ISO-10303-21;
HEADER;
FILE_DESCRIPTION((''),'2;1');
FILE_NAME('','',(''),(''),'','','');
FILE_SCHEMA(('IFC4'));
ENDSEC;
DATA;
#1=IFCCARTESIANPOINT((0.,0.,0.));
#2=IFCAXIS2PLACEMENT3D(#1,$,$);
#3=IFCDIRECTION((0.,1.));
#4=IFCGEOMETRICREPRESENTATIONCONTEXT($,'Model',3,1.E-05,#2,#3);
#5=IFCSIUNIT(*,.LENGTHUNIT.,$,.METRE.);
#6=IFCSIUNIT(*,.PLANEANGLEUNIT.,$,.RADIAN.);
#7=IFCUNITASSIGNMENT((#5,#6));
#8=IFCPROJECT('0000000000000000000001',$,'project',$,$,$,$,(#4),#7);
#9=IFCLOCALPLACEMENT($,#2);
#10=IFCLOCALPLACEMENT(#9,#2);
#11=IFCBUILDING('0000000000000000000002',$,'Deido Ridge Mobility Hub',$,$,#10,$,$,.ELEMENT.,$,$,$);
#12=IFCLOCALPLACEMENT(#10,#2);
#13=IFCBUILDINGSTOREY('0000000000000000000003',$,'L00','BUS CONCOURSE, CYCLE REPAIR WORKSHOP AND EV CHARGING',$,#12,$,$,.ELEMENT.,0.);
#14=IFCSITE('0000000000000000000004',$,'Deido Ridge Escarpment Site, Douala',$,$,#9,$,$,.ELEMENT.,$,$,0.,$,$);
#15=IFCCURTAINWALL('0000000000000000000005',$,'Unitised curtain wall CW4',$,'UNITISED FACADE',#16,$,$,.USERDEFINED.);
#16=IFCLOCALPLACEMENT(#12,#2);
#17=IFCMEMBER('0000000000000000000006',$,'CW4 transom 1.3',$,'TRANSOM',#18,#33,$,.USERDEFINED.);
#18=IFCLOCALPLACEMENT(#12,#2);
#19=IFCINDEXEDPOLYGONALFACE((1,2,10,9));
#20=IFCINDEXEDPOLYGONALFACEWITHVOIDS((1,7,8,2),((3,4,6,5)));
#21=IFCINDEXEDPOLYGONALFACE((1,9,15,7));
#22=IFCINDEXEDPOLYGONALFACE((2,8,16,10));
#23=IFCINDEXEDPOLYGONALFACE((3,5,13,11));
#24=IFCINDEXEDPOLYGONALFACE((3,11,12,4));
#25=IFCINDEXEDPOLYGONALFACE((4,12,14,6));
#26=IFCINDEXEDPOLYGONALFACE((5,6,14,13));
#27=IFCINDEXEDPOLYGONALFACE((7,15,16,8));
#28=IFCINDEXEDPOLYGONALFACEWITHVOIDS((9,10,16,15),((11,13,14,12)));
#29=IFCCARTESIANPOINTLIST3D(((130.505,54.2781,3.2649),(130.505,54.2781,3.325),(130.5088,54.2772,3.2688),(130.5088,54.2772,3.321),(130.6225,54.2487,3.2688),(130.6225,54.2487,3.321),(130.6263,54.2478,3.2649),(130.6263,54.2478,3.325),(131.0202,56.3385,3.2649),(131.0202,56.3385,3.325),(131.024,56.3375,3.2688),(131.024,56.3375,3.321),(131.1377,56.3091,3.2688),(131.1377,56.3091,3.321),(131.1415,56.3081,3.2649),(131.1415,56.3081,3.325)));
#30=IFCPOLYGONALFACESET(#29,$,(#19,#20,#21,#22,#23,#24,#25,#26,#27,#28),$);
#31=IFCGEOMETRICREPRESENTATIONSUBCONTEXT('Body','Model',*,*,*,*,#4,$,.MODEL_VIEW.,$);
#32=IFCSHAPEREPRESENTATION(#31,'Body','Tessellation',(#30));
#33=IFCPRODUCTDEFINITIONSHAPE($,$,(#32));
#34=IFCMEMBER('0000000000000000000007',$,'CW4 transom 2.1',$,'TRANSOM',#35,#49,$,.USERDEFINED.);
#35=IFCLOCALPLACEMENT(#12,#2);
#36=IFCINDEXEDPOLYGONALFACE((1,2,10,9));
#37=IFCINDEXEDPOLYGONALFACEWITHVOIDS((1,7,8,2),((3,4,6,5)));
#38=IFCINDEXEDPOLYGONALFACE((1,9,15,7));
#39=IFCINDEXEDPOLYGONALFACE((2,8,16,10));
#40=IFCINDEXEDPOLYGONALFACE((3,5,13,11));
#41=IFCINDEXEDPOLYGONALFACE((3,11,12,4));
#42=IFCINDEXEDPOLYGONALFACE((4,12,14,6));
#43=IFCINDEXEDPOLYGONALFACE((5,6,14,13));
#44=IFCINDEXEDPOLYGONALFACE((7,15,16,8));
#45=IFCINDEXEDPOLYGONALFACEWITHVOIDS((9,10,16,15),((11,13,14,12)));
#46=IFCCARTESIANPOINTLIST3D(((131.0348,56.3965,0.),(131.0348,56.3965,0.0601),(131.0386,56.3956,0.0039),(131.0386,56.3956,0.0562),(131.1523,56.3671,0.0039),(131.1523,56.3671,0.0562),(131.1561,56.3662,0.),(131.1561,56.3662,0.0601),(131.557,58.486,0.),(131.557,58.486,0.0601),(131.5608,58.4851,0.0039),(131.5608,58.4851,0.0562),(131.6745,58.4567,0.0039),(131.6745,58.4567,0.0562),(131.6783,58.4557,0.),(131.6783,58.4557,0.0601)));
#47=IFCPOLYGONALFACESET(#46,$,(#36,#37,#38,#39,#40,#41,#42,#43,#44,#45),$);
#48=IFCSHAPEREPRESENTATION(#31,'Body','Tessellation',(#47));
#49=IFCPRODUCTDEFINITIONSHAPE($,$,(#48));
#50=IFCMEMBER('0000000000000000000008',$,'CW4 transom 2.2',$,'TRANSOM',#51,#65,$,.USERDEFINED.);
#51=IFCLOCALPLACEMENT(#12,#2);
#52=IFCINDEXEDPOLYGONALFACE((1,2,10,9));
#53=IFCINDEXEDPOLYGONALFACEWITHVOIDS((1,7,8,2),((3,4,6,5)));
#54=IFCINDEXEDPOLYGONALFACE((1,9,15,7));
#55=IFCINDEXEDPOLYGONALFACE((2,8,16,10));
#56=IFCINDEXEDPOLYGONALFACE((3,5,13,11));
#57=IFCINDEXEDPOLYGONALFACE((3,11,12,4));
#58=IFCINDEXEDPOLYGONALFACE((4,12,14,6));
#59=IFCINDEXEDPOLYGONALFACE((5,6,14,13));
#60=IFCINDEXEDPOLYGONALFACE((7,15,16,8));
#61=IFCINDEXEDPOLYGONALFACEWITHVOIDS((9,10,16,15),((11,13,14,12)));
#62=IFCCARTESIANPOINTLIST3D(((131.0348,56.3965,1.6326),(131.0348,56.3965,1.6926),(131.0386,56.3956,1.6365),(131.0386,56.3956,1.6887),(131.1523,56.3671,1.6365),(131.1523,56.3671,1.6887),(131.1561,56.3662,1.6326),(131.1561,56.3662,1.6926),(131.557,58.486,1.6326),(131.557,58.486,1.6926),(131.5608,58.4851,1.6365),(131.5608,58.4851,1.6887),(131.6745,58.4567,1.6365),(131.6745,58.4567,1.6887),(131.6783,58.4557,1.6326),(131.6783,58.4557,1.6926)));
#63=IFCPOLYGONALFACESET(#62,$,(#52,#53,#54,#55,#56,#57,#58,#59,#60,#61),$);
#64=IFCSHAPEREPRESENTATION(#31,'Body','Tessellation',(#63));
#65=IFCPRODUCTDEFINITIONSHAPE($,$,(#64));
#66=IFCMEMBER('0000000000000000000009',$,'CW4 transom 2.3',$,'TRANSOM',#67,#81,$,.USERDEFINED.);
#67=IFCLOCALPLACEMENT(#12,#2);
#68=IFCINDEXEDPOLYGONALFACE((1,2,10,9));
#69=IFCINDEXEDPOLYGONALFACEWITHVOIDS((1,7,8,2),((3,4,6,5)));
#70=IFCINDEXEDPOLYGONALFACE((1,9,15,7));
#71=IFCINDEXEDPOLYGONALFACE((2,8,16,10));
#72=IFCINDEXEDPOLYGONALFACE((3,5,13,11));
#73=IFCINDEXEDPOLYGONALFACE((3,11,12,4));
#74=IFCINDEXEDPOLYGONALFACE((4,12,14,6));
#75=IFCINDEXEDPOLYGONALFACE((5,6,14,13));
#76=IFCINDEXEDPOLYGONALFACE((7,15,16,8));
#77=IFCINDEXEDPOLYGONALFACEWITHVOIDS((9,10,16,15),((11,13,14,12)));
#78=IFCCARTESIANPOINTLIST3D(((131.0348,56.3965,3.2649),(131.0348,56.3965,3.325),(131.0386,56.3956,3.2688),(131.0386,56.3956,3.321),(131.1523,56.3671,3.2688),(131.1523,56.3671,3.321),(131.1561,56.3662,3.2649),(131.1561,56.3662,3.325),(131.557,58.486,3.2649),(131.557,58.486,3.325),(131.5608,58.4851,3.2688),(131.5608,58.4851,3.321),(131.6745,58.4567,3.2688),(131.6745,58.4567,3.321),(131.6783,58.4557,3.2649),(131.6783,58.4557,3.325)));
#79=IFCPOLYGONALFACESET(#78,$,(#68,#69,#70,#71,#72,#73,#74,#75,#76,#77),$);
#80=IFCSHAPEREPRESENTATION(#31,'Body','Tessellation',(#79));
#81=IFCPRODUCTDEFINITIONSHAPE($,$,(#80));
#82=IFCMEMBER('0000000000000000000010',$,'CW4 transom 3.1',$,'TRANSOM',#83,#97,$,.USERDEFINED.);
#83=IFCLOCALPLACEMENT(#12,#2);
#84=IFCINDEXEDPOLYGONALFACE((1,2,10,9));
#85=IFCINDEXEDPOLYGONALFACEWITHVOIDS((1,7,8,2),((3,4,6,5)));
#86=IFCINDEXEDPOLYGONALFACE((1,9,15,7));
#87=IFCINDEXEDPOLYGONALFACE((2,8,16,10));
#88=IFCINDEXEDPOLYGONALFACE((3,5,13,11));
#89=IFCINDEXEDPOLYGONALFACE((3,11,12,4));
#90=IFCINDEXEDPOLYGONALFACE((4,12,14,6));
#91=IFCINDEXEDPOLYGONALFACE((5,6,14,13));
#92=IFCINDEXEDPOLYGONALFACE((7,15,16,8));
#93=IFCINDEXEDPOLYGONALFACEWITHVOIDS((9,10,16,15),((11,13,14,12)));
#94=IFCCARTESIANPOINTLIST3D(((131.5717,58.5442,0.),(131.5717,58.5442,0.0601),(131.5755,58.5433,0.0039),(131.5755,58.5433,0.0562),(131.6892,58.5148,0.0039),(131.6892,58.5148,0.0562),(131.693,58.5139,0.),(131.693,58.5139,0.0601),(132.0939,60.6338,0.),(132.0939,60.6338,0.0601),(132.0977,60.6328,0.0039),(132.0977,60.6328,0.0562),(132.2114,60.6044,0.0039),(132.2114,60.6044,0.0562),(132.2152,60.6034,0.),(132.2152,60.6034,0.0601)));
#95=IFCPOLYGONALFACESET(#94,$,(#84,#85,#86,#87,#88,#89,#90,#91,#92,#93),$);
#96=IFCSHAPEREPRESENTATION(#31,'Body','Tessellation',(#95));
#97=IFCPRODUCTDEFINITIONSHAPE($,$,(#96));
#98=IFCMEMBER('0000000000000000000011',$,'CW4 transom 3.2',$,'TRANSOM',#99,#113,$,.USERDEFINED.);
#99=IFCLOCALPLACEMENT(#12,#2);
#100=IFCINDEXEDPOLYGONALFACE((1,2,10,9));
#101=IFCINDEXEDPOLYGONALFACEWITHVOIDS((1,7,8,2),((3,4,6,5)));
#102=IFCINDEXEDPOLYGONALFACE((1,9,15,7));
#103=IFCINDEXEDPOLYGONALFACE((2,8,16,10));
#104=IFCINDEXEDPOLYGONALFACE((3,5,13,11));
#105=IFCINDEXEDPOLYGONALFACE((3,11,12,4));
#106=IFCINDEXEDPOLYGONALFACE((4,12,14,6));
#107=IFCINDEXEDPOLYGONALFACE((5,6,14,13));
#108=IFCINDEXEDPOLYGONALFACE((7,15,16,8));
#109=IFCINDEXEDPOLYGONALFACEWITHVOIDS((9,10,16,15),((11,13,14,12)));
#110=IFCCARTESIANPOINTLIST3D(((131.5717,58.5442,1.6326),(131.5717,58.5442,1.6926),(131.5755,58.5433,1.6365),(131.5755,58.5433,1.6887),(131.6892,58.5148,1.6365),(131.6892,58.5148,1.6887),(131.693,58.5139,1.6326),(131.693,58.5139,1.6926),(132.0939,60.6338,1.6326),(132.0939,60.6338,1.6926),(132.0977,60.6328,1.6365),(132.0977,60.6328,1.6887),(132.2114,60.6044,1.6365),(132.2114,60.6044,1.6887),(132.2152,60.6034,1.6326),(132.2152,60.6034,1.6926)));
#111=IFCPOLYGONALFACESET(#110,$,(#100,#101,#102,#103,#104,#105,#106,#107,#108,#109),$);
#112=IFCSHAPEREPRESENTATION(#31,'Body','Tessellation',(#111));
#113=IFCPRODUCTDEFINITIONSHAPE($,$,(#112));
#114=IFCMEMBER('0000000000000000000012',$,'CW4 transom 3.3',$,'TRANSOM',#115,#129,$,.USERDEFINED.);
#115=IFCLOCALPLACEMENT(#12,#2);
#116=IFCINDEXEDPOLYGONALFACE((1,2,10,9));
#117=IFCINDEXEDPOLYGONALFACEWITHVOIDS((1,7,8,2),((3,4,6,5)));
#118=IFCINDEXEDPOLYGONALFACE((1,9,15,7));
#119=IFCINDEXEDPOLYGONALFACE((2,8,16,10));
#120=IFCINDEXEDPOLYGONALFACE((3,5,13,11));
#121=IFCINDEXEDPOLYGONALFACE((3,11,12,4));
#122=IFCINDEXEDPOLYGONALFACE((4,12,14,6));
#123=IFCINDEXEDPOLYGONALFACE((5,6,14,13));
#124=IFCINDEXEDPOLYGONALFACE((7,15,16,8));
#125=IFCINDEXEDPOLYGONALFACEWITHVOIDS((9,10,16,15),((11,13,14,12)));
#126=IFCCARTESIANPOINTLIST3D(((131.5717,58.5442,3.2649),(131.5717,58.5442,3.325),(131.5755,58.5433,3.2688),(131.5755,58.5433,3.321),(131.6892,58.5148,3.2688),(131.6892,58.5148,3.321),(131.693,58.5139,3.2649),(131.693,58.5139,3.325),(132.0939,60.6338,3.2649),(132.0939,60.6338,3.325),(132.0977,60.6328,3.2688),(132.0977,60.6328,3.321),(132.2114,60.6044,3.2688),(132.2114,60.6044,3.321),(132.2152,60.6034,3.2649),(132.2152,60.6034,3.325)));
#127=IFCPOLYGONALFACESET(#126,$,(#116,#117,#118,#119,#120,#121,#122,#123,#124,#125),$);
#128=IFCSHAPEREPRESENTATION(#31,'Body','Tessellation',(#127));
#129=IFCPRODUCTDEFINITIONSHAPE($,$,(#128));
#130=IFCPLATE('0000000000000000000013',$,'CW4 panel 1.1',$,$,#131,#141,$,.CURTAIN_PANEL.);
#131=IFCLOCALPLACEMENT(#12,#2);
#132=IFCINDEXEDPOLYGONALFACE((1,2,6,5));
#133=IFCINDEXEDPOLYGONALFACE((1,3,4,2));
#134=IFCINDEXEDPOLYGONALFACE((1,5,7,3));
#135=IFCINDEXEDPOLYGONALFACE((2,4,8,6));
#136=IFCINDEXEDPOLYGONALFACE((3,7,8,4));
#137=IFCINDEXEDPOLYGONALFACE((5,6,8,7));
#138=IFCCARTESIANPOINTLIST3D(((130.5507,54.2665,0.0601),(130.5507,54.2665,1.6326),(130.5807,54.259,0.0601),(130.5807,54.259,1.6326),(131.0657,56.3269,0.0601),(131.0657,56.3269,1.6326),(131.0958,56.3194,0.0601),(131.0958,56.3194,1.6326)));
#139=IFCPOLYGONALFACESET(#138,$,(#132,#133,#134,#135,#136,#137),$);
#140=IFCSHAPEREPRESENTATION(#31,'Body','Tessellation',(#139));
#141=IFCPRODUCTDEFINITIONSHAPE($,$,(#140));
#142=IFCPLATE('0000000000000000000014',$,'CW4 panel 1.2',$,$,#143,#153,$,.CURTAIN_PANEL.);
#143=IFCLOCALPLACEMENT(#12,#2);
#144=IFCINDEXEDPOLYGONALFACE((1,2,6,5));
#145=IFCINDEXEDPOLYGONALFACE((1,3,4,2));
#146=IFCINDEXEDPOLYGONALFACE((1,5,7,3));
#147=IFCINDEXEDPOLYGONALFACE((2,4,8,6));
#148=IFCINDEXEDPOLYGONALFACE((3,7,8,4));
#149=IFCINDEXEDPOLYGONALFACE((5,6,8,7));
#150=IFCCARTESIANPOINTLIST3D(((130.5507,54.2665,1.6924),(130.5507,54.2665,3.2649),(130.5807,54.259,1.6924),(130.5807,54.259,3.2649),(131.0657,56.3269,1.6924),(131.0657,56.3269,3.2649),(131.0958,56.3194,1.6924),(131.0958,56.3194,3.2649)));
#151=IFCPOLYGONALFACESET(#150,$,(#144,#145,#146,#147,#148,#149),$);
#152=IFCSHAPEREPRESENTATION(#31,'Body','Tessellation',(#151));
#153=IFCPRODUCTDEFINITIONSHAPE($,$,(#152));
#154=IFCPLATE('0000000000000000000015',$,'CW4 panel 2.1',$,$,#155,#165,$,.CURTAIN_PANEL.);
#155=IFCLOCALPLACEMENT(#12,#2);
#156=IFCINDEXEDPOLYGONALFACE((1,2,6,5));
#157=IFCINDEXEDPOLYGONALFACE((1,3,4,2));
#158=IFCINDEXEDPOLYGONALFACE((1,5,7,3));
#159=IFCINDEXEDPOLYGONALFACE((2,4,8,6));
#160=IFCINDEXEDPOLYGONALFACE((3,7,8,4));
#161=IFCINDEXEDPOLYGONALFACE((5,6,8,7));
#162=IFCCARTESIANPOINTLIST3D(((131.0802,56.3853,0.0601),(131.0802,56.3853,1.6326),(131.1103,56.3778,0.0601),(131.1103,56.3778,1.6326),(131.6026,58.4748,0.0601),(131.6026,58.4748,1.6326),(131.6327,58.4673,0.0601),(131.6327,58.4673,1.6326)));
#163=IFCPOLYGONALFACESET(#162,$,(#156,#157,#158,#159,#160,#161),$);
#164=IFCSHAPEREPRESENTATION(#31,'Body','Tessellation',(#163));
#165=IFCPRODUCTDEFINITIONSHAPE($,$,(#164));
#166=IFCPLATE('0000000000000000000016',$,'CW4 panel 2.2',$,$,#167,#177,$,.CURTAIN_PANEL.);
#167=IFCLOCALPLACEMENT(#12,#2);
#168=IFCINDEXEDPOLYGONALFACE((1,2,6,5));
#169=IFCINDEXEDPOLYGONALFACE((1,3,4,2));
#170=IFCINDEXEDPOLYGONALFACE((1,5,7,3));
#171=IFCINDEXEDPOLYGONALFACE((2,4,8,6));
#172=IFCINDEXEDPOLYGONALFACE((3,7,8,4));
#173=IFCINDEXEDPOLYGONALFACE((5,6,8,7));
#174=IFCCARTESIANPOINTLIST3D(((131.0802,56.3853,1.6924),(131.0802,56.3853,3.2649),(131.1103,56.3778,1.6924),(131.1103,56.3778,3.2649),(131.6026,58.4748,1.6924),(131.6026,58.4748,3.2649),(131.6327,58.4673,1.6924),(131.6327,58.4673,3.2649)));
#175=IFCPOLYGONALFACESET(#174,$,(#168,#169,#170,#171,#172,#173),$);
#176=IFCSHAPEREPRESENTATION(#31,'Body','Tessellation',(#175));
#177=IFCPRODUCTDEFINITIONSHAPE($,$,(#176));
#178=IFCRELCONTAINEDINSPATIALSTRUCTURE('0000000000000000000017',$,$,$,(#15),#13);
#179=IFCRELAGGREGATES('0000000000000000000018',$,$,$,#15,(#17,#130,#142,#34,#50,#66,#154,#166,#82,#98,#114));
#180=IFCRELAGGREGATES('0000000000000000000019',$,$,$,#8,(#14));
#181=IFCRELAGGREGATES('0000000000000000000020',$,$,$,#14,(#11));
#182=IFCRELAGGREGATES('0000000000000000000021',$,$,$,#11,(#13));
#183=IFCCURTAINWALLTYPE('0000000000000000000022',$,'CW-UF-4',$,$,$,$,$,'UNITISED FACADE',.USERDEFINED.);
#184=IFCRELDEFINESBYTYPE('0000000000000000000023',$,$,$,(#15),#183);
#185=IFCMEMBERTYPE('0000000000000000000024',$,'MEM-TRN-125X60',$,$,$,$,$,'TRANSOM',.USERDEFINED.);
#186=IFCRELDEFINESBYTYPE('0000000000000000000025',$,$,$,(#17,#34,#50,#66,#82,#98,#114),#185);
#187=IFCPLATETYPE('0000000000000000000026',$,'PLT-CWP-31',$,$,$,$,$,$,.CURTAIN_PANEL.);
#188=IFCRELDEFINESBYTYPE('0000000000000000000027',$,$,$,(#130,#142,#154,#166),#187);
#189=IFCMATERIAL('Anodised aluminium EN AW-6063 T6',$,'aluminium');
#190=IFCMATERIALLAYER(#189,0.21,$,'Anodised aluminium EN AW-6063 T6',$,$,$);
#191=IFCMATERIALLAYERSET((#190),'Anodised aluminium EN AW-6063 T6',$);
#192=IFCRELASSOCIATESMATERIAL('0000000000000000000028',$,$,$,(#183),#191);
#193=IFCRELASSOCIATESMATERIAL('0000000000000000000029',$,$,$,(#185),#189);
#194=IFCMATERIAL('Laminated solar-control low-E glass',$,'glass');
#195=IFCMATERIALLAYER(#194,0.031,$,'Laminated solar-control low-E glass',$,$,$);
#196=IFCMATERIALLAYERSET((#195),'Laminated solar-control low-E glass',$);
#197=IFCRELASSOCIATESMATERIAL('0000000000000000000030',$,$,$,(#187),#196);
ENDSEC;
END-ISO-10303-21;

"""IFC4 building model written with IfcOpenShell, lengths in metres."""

from ifc_helpers import new_model, si_unit, direction, frame, origin, origin_2d, place, context, subcontext, project, spatial, rectangle, hollow_rectangle, extrude, material, layer, layer_set, material_profile, profile_set, type_object, element, aggregate, save


model = new_model("IFC4")

# Units and contexts
model_context = context("Model", 3, precision=1e-05, world=origin(), true_north=direction((0.0, 1.0)))
body_context = subcontext(model_context, "Body", "Model", "MODEL_VIEW")
ifc_project = project(units=[si_unit("LENGTHUNIT", "METRE"), si_unit("PLANEANGLEUNIT", "RADIAN")], contexts=[model_context])

# Site, building, storey
site_placement = place(None, origin())
site = spatial("IfcSite", under=ifc_project, at=site_placement, Name="Deido Ridge Escarpment Site, Douala", CompositionType="ELEMENT", RefElevation=0.0)
building_placement = place(site_placement, origin())
building = spatial("IfcBuilding", under=site, at=building_placement, Name="Deido Ridge Mobility Hub", CompositionType="ELEMENT")
storey_placement = place(building_placement, origin())
storey = spatial("IfcBuildingStorey", under=building, at=storey_placement, Name="L00", Description="BUS CONCOURSE, CYCLE REPAIR WORKSHOP AND EV CHARGING", CompositionType="ELEMENT", Elevation=0.0)

# Curtain wall, members, plates
ifc_material_1 = material(Name="Anodised aluminium EN AW-6063 T6", Category="aluminium")
ifc_layer_1 = layer(ifc_material_1, 0.21, Name="Anodised aluminium EN AW-6063 T6")
ifc_layer_set_1 = layer_set([ifc_layer_1], Name="Anodised aluminium EN AW-6063 T6")
curtain_wall_type = type_object("IfcCurtainWallType", Name="CW-UF-4", ElementType="UNITISED FACADE", PredefinedType="USERDEFINED", material=ifc_layer_set_1)
curtain_wall_placement = place(storey_placement, origin())
curtain_wall = element("IfcCurtainWall", 1, at=curtain_wall_placement, inside=storey, type_object=curtain_wall_type, Name="Unitised curtain wall CW4", ObjectType="UNITISED FACADE", PredefinedType="USERDEFINED")
ifc_material_profile_1 = material_profile(ifc_material_1, hollow_rectangle(XDim=0.125, YDim=0.0601, WallThickness=0.0039, at=origin_2d()), Name="RHS 125x60x4")
ifc_profile_set_1 = profile_set([ifc_material_profile_1], Name="Anodised aluminium EN AW-6063 T6")
member_type_1 = type_object("IfcMemberType", Name="MEM-TRN-125X60", ElementType="TRANSOM", PredefinedType="USERDEFINED", material=ifc_profile_set_1)
member_1_placement = place(storey_placement, frame((130.5657, 54.2629, 3.2949), z_axis=(0.242563, 0.970136, 0.0), x_axis=(-0.970136, 0.242563, 0.0)))
member_1 = element("IfcMember", 2, at=member_1_placement, type_object=member_type_1, Name="CW4 transom 1.3", ObjectType="TRANSOM", PredefinedType="USERDEFINED", context=body_context, shape_type="SweptSolid", body=[
    extrude(hollow_rectangle(XDim=0.125, YDim=0.0601, WallThickness=0.0039, at=origin_2d()), origin(), (0.0, 0.0, 1.0), 2.1238),
])
member_2_placement = place(storey_placement, frame((131.0955, 56.3813, 0.03), z_axis=(0.242456, 0.970162, 0.0), x_axis=(-0.970162, 0.242456, 0.0)))
member_2 = element("IfcMember", 3, at=member_2_placement, type_object=member_type_1, Name="CW4 transom 2.1", ObjectType="TRANSOM", PredefinedType="USERDEFINED", context=body_context, shape_type="SweptSolid", body=[
    extrude(hollow_rectangle(XDim=0.125, YDim=0.0601, WallThickness=0.0039, at=origin_2d()), origin(), (0.0, 0.0, 1.0), 2.1538),
])
member_3_placement = place(storey_placement, frame((131.0955, 56.3813, 1.6626), z_axis=(0.242456, 0.970162, 0.0), x_axis=(-0.970162, 0.242456, 0.0)))
member_3 = element("IfcMember", 4, at=member_3_placement, type_object=member_type_1, Name="CW4 transom 2.2", ObjectType="TRANSOM", PredefinedType="USERDEFINED", context=body_context, shape_type="SweptSolid", body=[
    extrude(hollow_rectangle(XDim=0.125, YDim=0.0601, WallThickness=0.0039, at=origin_2d()), origin(), (0.0, 0.0, 1.0), 2.1538),
])
member_4_placement = place(storey_placement, frame((131.0955, 56.3813, 3.2949), z_axis=(0.242456, 0.970162, 0.0), x_axis=(-0.970162, 0.242456, 0.0)))
member_4 = element("IfcMember", 5, at=member_4_placement, type_object=member_type_1, Name="CW4 transom 2.3", ObjectType="TRANSOM", PredefinedType="USERDEFINED", context=body_context, shape_type="SweptSolid", body=[
    extrude(hollow_rectangle(XDim=0.125, YDim=0.0601, WallThickness=0.0039, at=origin_2d()), origin(), (0.0, 0.0, 1.0), 2.1538),
])
member_5_placement = place(storey_placement, frame((131.6323, 58.5291, 0.03), z_axis=(0.242456, 0.970162, 0.0), x_axis=(-0.970162, 0.242456, 0.0)))
member_5 = element("IfcMember", 6, at=member_5_placement, type_object=member_type_1, Name="CW4 transom 3.1", ObjectType="TRANSOM", PredefinedType="USERDEFINED", context=body_context, shape_type="SweptSolid", body=[
    extrude(hollow_rectangle(XDim=0.125, YDim=0.0601, WallThickness=0.0039, at=origin_2d()), origin(), (0.0, 0.0, 1.0), 2.1538),
])
member_6_placement = place(storey_placement, frame((131.6323, 58.5291, 1.6626), z_axis=(0.242456, 0.970162, 0.0), x_axis=(-0.970162, 0.242456, 0.0)))
member_6 = element("IfcMember", 7, at=member_6_placement, type_object=member_type_1, Name="CW4 transom 3.2", ObjectType="TRANSOM", PredefinedType="USERDEFINED", context=body_context, shape_type="SweptSolid", body=[
    extrude(hollow_rectangle(XDim=0.125, YDim=0.0601, WallThickness=0.0039, at=origin_2d()), origin(), (0.0, 0.0, 1.0), 2.1538),
])
member_7_placement = place(storey_placement, frame((131.6323, 58.5291, 3.2949), z_axis=(0.242456, 0.970162, 0.0), x_axis=(-0.970162, 0.242456, 0.0)))
member_7 = element("IfcMember", 8, at=member_7_placement, type_object=member_type_1, Name="CW4 transom 3.3", ObjectType="TRANSOM", PredefinedType="USERDEFINED", context=body_context, shape_type="SweptSolid", body=[
    extrude(hollow_rectangle(XDim=0.125, YDim=0.0601, WallThickness=0.0039, at=origin_2d()), origin(), (0.0, 0.0, 1.0), 2.1538),
])
ifc_material_2 = material(Name="Laminated solar-control low-E glass", Category="glass")
ifc_layer_2 = layer(ifc_material_2, 0.031, Name="Laminated solar-control low-E glass")
ifc_layer_set_2 = layer_set([ifc_layer_2], Name="Laminated solar-control low-E glass")
plate_type = type_object("IfcPlateType", Name="PLT-CWP-31", PredefinedType="CURTAIN_PANEL", material=ifc_layer_set_2)
plate_1_placement = place(storey_placement, frame((130.8232, 55.293, 0.0601), z_axis=(0.0, 0.0, 1.0), x_axis=(0.24253, 0.970144, 0.0)))
plate_1 = element("IfcPlate", 9, at=plate_1_placement, type_object=plate_type, Name="CW4 panel 1.1", PredefinedType="CURTAIN_PANEL", context=body_context, shape_type="SweptSolid", body=[
    extrude(rectangle(XDim=2.1238, YDim=0.031, at=origin_2d()), origin(), (0.0, 0.0, 1.0), 1.5725),
])
plate_2_placement = place(storey_placement, frame((130.8232, 55.293, 1.6924), z_axis=(0.0, 0.0, 1.0), x_axis=(0.24253, 0.970144, 0.0)))
plate_2 = element("IfcPlate", 10, at=plate_2_placement, type_object=plate_type, Name="CW4 panel 1.2", PredefinedType="CURTAIN_PANEL", context=body_context, shape_type="SweptSolid", body=[
    extrude(rectangle(XDim=2.1238, YDim=0.031, at=origin_2d()), origin(), (0.0, 0.0, 1.0), 1.5725),
])
plate_3_placement = place(storey_placement, frame((131.3564, 57.4263, 0.0601), z_axis=(0.0, 0.0, 1.0), x_axis=(0.24253, 0.970144, 0.0)))
plate_3 = element("IfcPlate", 11, at=plate_3_placement, type_object=plate_type, Name="CW4 panel 2.1", PredefinedType="CURTAIN_PANEL", context=body_context, shape_type="SweptSolid", body=[
    extrude(rectangle(XDim=2.1538, YDim=0.031, at=origin_2d()), origin(), (0.0, 0.0, 1.0), 1.5725),
])
plate_4_placement = place(storey_placement, frame((131.3564, 57.4263, 1.6924), z_axis=(0.0, 0.0, 1.0), x_axis=(0.24253, 0.970144, 0.0)))
plate_4 = element("IfcPlate", 12, at=plate_4_placement, type_object=plate_type, Name="CW4 panel 2.2", PredefinedType="CURTAIN_PANEL", context=body_context, shape_type="SweptSolid", body=[
    extrude(rectangle(XDim=2.1538, YDim=0.031, at=origin_2d()), origin(), (0.0, 0.0, 1.0), 1.5725),
])
aggregate(curtain_wall, [member_1, plate_1, plate_2, member_2, member_3, member_4, plate_3, plate_4, member_5, member_6, member_7])

save(model, "model.ifc")
